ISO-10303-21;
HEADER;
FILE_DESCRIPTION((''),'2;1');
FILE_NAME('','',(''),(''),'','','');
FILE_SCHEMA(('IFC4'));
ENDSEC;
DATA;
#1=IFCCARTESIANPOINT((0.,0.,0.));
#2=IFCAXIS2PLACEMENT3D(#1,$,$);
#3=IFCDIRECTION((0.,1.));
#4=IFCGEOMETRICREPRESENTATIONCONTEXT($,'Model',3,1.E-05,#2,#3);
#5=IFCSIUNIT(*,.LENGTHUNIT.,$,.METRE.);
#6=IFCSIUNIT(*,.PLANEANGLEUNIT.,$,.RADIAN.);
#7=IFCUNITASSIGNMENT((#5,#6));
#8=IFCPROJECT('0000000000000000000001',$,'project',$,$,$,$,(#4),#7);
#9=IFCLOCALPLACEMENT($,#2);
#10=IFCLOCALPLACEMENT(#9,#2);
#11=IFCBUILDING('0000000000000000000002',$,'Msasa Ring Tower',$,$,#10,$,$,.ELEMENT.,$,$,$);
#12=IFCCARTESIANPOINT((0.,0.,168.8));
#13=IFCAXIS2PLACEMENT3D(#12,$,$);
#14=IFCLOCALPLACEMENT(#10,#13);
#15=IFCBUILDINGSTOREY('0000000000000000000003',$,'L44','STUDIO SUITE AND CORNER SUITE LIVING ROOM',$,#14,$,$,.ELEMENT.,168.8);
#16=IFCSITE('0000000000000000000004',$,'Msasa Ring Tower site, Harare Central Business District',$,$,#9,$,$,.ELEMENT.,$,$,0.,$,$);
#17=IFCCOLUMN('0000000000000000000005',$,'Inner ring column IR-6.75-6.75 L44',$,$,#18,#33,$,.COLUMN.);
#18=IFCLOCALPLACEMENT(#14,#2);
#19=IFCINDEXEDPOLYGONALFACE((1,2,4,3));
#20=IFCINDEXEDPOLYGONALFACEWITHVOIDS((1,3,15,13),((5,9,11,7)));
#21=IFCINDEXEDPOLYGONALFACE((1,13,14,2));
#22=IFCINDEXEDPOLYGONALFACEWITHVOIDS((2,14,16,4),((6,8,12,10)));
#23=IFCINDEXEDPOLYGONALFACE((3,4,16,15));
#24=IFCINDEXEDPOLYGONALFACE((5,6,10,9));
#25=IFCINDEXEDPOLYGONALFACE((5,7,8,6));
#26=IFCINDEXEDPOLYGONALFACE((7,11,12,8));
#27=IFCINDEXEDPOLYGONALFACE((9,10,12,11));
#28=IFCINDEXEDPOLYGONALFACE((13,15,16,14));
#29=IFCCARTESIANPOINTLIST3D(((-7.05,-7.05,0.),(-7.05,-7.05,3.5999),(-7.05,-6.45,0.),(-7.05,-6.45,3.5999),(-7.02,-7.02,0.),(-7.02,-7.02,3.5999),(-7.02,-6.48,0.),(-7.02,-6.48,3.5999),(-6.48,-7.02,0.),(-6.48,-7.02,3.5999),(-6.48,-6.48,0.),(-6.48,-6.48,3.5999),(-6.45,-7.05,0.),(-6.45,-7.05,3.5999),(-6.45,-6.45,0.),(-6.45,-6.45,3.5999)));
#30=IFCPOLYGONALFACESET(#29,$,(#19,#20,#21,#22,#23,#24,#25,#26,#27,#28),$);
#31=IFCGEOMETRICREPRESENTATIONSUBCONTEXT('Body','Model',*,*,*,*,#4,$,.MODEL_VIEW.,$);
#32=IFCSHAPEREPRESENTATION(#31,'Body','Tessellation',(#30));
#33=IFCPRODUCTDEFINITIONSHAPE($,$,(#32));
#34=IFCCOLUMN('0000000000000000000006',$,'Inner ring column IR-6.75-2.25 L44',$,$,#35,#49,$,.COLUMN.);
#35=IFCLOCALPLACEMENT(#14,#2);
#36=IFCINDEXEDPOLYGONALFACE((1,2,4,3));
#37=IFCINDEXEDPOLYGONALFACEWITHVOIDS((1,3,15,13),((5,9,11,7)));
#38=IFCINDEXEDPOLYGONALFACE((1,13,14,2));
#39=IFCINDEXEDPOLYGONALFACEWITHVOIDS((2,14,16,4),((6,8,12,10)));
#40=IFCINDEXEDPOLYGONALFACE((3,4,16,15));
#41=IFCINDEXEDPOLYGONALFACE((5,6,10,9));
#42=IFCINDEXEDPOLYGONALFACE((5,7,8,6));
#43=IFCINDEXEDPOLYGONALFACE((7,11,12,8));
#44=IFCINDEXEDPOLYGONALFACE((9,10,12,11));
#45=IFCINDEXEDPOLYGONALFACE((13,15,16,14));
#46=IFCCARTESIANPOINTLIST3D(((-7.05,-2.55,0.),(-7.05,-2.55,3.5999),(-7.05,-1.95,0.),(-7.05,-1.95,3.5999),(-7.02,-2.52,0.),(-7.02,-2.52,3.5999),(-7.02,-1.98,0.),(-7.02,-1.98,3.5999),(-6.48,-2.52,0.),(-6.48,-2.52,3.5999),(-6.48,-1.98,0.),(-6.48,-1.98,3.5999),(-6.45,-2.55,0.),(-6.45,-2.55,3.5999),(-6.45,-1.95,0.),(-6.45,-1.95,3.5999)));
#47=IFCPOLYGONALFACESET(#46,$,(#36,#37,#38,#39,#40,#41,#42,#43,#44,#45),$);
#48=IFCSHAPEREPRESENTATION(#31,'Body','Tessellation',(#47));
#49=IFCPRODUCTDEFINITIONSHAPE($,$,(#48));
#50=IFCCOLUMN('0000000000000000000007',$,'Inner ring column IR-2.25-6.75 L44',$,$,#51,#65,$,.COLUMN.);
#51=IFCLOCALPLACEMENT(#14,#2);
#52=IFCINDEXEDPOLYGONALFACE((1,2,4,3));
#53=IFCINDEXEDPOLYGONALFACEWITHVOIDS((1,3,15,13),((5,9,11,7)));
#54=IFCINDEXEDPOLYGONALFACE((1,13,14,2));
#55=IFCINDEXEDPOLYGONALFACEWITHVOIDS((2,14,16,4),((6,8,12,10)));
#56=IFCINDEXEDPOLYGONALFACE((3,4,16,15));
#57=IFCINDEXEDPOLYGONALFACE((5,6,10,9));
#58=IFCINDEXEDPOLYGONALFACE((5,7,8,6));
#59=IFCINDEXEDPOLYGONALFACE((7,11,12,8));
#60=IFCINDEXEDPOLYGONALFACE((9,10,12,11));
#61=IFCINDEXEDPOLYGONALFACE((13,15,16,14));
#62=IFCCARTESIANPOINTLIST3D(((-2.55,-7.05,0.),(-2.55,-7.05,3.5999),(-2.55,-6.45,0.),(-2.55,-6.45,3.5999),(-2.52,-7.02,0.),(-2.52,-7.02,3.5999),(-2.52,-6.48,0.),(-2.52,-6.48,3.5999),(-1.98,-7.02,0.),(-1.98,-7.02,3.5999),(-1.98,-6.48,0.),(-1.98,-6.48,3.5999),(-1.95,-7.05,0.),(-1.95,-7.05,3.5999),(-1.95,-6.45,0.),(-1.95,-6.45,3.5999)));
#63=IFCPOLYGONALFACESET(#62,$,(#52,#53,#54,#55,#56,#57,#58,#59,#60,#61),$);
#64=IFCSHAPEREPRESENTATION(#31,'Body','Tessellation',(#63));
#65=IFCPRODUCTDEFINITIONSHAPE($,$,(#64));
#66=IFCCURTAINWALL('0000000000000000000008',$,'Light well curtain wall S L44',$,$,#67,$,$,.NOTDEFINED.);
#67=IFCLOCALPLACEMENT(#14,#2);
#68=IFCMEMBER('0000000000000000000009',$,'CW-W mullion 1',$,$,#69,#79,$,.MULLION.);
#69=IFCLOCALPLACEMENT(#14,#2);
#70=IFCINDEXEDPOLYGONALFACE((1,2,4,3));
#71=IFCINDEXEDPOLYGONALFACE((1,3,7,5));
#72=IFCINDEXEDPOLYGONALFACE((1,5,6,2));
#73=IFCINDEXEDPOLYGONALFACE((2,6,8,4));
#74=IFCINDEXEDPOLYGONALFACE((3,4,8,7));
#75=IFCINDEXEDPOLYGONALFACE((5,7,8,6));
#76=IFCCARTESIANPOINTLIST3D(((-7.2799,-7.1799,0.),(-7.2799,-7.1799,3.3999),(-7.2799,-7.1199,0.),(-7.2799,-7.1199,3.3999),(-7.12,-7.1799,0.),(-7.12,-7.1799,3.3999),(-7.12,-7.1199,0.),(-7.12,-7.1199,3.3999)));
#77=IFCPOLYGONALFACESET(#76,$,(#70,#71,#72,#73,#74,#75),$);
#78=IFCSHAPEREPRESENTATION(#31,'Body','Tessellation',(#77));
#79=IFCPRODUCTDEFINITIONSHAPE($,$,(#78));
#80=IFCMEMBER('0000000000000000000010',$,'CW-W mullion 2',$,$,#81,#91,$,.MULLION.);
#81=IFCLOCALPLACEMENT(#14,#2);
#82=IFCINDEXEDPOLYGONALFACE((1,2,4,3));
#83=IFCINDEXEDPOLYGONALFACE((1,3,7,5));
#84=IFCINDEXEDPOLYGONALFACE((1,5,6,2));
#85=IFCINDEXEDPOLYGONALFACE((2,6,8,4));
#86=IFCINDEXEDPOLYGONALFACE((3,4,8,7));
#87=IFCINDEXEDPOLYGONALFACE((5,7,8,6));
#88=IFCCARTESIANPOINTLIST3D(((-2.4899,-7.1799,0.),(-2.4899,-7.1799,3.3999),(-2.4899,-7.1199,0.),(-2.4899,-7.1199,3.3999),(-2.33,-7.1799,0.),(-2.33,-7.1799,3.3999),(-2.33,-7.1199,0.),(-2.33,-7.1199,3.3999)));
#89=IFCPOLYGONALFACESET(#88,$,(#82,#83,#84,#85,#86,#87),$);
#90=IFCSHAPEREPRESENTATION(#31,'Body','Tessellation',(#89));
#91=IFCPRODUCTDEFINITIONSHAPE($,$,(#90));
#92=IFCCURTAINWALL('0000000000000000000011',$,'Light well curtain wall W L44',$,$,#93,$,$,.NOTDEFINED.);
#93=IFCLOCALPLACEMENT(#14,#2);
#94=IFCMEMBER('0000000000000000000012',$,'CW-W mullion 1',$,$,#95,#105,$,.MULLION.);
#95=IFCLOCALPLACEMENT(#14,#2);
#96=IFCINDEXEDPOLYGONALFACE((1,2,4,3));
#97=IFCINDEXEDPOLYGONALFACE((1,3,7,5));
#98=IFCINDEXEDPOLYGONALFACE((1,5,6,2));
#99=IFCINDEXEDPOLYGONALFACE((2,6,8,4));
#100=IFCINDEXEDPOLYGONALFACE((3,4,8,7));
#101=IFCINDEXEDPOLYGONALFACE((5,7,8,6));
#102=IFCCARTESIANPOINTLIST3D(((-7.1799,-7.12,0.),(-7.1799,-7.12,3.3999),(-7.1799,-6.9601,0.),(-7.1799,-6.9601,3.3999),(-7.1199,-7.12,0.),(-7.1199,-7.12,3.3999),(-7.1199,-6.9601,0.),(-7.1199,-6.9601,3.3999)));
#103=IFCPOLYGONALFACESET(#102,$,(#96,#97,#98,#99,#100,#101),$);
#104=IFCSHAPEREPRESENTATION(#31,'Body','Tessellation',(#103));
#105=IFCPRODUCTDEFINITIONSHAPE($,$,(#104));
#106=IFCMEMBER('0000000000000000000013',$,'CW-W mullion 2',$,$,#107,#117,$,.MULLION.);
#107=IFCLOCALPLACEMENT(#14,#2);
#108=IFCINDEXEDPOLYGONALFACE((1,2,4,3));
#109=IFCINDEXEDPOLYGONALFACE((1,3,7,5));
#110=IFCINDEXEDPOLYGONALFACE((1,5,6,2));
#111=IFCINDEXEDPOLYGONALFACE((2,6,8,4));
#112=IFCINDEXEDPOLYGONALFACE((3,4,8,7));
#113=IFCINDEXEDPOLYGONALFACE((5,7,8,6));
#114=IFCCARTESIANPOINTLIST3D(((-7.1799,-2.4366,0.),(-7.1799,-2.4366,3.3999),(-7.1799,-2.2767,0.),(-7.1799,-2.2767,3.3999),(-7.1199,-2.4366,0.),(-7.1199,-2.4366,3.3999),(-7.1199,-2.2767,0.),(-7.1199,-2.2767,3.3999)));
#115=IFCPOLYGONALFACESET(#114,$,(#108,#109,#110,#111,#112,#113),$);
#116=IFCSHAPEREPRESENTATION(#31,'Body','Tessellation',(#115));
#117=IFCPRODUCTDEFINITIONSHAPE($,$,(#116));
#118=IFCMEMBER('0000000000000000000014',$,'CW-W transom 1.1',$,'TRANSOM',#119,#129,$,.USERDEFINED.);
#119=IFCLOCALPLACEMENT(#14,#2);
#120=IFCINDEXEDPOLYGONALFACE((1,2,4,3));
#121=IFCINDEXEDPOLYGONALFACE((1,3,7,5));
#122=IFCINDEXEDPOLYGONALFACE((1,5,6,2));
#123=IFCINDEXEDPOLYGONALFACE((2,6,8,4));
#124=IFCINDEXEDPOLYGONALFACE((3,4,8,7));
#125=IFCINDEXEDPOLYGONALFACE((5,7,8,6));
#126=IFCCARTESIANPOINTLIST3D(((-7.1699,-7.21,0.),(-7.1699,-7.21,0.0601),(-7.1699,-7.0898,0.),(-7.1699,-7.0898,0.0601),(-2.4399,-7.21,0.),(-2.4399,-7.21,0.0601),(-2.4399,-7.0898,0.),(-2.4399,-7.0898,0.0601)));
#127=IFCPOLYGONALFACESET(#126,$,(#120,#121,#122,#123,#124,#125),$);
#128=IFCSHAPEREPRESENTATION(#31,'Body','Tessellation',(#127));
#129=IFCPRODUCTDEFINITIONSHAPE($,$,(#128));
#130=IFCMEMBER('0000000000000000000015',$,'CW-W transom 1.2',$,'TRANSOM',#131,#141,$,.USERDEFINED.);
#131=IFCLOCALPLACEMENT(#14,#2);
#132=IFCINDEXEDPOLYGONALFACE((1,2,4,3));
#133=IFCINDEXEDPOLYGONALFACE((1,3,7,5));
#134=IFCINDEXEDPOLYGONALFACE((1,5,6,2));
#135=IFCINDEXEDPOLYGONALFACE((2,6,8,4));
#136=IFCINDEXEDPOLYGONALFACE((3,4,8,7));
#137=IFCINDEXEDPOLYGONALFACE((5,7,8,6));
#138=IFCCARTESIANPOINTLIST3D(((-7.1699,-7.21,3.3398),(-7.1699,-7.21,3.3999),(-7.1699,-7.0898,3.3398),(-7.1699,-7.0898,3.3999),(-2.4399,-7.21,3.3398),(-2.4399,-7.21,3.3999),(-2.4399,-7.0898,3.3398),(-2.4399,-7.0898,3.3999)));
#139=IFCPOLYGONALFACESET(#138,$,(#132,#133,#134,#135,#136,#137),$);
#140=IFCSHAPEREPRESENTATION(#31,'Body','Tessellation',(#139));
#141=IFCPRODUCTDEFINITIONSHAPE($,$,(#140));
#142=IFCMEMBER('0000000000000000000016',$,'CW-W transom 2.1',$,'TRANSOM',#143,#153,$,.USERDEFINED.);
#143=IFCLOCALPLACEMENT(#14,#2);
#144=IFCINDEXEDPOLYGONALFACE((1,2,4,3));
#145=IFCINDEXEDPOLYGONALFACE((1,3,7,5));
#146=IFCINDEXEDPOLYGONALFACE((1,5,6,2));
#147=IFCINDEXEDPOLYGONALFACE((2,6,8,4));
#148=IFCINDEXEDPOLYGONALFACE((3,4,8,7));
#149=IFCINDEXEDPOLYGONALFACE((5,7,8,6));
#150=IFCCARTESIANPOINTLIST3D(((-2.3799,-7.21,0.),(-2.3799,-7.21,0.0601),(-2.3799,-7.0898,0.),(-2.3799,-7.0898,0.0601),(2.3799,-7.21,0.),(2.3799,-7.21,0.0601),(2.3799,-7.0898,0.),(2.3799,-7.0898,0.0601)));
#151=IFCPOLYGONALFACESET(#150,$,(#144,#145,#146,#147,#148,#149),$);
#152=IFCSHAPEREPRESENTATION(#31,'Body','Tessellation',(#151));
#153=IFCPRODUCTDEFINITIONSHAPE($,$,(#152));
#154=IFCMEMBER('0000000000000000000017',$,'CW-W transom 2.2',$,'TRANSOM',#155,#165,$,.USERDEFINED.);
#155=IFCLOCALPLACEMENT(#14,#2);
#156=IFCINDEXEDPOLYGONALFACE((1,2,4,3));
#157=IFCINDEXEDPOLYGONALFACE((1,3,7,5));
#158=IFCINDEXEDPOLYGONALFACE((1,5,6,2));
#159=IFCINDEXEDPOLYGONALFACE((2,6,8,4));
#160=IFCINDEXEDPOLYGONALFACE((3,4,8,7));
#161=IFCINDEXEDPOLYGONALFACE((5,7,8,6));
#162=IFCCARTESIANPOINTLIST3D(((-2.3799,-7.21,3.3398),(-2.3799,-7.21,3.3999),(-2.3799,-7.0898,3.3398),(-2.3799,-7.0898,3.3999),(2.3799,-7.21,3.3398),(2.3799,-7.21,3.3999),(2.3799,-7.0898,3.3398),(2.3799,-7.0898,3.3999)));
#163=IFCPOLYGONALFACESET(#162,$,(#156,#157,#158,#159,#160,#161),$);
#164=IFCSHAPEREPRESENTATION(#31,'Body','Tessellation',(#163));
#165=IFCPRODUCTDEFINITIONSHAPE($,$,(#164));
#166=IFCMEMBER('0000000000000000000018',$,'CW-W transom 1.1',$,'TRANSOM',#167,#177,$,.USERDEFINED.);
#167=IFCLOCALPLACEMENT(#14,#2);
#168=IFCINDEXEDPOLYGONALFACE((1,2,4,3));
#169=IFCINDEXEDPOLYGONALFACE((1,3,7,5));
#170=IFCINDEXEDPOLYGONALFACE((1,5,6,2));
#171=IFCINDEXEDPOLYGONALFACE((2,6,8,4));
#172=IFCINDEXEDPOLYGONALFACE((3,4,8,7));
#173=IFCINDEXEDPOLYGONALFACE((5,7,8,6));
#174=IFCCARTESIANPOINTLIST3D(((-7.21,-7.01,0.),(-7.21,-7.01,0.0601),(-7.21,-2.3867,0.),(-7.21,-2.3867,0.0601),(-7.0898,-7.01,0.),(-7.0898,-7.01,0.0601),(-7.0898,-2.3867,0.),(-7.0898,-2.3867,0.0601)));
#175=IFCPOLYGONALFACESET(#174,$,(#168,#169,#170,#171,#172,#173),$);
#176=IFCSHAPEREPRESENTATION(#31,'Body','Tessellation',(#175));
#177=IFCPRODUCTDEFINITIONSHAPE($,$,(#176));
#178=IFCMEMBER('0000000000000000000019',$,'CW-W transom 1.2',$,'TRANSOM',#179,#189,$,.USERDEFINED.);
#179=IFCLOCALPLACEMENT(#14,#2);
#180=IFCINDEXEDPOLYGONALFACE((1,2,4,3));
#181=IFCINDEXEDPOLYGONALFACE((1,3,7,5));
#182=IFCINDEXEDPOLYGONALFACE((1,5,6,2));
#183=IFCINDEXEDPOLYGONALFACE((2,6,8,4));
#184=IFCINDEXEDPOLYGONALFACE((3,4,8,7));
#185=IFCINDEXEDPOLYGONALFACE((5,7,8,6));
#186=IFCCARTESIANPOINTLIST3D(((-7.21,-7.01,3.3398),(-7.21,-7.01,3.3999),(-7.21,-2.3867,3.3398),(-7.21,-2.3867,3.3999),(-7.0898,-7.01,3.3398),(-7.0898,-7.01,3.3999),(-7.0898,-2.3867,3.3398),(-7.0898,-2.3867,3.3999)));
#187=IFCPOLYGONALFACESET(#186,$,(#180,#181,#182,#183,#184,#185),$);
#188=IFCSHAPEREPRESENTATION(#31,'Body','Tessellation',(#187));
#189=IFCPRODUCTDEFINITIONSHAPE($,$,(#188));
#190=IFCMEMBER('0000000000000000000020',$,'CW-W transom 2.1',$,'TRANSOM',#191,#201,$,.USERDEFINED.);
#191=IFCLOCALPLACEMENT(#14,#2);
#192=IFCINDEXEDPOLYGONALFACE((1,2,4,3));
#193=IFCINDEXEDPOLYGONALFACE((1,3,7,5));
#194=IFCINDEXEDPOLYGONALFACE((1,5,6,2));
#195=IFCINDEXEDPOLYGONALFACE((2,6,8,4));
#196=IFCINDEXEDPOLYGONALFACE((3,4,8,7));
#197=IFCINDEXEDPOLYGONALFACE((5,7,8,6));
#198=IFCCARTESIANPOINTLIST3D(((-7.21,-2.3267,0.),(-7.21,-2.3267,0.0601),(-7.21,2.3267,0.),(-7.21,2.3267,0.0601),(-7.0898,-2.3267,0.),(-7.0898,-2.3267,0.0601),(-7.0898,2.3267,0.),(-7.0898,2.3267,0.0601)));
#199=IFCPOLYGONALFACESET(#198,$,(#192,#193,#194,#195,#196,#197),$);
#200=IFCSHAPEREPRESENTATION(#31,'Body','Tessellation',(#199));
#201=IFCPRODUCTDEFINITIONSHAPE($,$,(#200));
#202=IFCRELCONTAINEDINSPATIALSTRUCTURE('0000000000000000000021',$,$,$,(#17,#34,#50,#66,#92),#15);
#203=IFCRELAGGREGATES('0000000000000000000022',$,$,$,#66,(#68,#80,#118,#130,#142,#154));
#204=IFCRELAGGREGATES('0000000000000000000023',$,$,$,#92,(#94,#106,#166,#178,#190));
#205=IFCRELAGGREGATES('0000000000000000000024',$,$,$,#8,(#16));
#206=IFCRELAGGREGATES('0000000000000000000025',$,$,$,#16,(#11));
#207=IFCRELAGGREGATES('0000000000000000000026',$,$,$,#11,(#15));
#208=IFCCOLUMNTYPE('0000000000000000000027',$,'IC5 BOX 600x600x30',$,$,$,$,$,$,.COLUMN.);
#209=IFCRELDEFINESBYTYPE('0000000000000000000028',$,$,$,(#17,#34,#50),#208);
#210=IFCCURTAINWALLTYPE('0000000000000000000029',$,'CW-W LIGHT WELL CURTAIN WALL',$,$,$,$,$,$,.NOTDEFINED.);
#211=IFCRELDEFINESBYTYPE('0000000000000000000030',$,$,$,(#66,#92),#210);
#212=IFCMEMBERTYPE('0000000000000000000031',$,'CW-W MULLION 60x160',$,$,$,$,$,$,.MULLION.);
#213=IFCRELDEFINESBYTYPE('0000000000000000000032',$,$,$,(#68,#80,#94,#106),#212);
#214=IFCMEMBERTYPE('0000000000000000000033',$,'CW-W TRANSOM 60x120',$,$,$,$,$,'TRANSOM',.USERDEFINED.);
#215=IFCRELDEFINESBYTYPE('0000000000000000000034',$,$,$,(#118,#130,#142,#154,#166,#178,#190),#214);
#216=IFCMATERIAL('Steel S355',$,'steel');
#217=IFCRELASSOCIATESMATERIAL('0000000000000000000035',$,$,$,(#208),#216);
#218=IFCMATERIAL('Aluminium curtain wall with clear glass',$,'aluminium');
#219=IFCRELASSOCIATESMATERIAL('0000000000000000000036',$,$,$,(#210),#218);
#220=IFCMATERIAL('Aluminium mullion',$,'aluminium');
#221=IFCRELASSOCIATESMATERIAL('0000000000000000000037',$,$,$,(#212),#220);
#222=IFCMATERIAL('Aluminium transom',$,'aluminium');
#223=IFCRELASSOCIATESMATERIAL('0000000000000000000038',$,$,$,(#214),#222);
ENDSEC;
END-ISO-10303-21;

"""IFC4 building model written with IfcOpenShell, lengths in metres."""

from ifc_helpers import new_model, si_unit, direction, frame, origin, origin_2d, place, context, subcontext, project, spatial, rectangle, hollow_rectangle, extrude, material, material_profile, profile_set, type_object, element, aggregate, save


model = new_model("IFC4")

# Units and contexts
model_context = context("Model", 3, precision=1e-05, world=origin(), true_north=direction((0.0, 1.0)))
body_context = subcontext(model_context, "Body", "Model", "MODEL_VIEW")
ifc_project = project(units=[si_unit("LENGTHUNIT", "METRE"), si_unit("PLANEANGLEUNIT", "RADIAN")], contexts=[model_context])

# Site, building, storey
site_placement = place(None, origin())
site = spatial("IfcSite", under=ifc_project, at=site_placement, Name="Msasa Ring Tower site, Harare Central Business District", CompositionType="ELEMENT", RefElevation=0.0)
building_placement = place(site_placement, origin())
building = spatial("IfcBuilding", under=site, at=building_placement, Name="Msasa Ring Tower", CompositionType="ELEMENT")
storey_placement = place(building_placement, frame((0.0, 0.0, 168.8)))
storey = spatial("IfcBuildingStorey", under=building, at=storey_placement, Name="L44", Description="STUDIO SUITE AND CORNER SUITE LIVING ROOM", CompositionType="ELEMENT", Elevation=168.8)

# Columns
ifc_material_1 = material(Name="Steel S355", Category="steel")
ifc_material_profile_1 = material_profile(ifc_material_1, hollow_rectangle(XDim=0.6001, YDim=0.6001, WallThickness=0.03, at=origin_2d()), Name="BOX 600x600x30")
ifc_profile_set_1 = profile_set([ifc_material_profile_1], Name="Steel S355")
column_type = type_object("IfcColumnType", Name="IC5 BOX 600x600x30", PredefinedType="COLUMN", material=ifc_profile_set_1)
for number, where, z_axis, x_axis, name in (
    (1, (-6.75, -6.75, 0.0), (0.0, 0.0, 1.0), (1.0, 0.0, 0.0), "Inner ring column IR-6.75-6.75 L44"),
    (2, (-6.75, -2.25, 0.0), (0.0, 0.0, 1.0), (1.0, 0.0, 0.0), "Inner ring column IR-6.75-2.25 L44"),
    (3, (-2.25, -6.75, 0.0), (0.0, 0.0, 1.0), (1.0, 0.0, 0.0), "Inner ring column IR-2.25-6.75 L44"),
):
    element("IfcColumn", number, at=place(storey_placement, frame(where, z_axis=z_axis, x_axis=x_axis)), inside=storey, type_object=column_type, Name=name, PredefinedType="COLUMN", context=body_context, shape_type="SweptSolid", body=[
        extrude(hollow_rectangle(XDim=0.6001, YDim=0.6001, WallThickness=0.03, at=origin_2d()), origin(), (0.0, 0.0, 1.0), 3.5999),
    ])

# Curtain walls, members
ifc_material_2 = material(Name="Aluminium curtain wall with clear glass", Category="aluminium")
curtain_wall_type = type_object("IfcCurtainWallType", Name="CW-W LIGHT WELL CURTAIN WALL", PredefinedType="NOTDEFINED", material=ifc_material_2)
curtain_wall_1_placement = place(storey_placement, origin())
curtain_wall_1 = element("IfcCurtainWall", 4, at=curtain_wall_1_placement, inside=storey, type_object=curtain_wall_type, Name="Light well curtain wall S L44", PredefinedType="NOTDEFINED")
ifc_material_3 = material(Name="Aluminium mullion", Category="aluminium")
ifc_material_profile_2 = material_profile(ifc_material_3, rectangle(XDim=0.0601, YDim=0.1599, at=origin_2d()), Name="AL 60x160")
ifc_profile_set_2 = profile_set([ifc_material_profile_2], Name="Aluminium mullion")
member_type_1 = type_object("IfcMemberType", Name="CW-W MULLION 60x160", PredefinedType="MULLION", material=ifc_profile_set_2)
member_1_placement = place(storey_placement, frame((-7.2, -7.1499, 0.0), z_axis=(0.0, 0.0, 1.0), x_axis=(0.0, 1.0, 0.0)))
member_1 = element("IfcMember", 5, at=member_1_placement, type_object=member_type_1, Name="CW-W mullion 1", PredefinedType="MULLION", context=body_context, shape_type="SweptSolid", body=[
    extrude(rectangle(XDim=0.0601, YDim=0.1599, at=origin_2d()), origin(), (0.0, 0.0, 1.0), 3.3999),
])
member_2_placement = place(storey_placement, frame((-2.4099, -7.1499, 0.0), z_axis=(0.0, 0.0, 1.0), x_axis=(0.0, 1.0, 0.0)))
member_2 = element("IfcMember", 6, at=member_2_placement, type_object=member_type_1, Name="CW-W mullion 2", PredefinedType="MULLION", context=body_context, shape_type="SweptSolid", body=[
    extrude(rectangle(XDim=0.0601, YDim=0.1599, at=origin_2d()), origin(), (0.0, 0.0, 1.0), 3.3999),
])
curtain_wall_2_placement = place(storey_placement, origin())
curtain_wall_2 = element("IfcCurtainWall", 7, at=curtain_wall_2_placement, inside=storey, type_object=curtain_wall_type, Name="Light well curtain wall W L44", PredefinedType="NOTDEFINED")
member_3_placement = place(storey_placement, frame((-7.1499, -7.04, 0.0), z_axis=(0.0, 0.0, 1.0), x_axis=(-1.0, 0.0, 0.0)))
member_3 = element("IfcMember", 8, at=member_3_placement, type_object=member_type_1, Name="CW-W mullion 1", PredefinedType="MULLION", context=body_context, shape_type="SweptSolid", body=[
    extrude(rectangle(XDim=0.0601, YDim=0.1599, at=origin_2d()), origin(), (0.0, 0.0, 1.0), 3.3999),
])
member_4_placement = place(storey_placement, frame((-7.1499, -2.3567, 0.0), z_axis=(0.0, 0.0, 1.0), x_axis=(-1.0, 0.0, 0.0)))
member_4 = element("IfcMember", 9, at=member_4_placement, type_object=member_type_1, Name="CW-W mullion 2", PredefinedType="MULLION", context=body_context, shape_type="SweptSolid", body=[
    extrude(rectangle(XDim=0.0601, YDim=0.1599, at=origin_2d()), origin(), (0.0, 0.0, 1.0), 3.3999),
])

# Members
ifc_material_4 = material(Name="Aluminium transom", Category="aluminium")
ifc_material_profile_3 = material_profile(ifc_material_4, rectangle(XDim=0.1201, YDim=0.0601, at=origin_2d()), Name="AL 60x120")
ifc_profile_set_3 = profile_set([ifc_material_profile_3], Name="Aluminium transom")
member_type_2 = type_object("IfcMemberType", Name="CW-W TRANSOM 60x120", ElementType="TRANSOM", PredefinedType="USERDEFINED", material=ifc_profile_set_3)
member_5_placement = place(storey_placement, frame((-7.1699, -7.1499, 0.03), z_axis=(1.0, 0.0, 0.0), x_axis=(0.0, 1.0, 0.0)))
member_5 = element("IfcMember", 10, at=member_5_placement, type_object=member_type_2, Name="CW-W transom 1.1", ObjectType="TRANSOM", PredefinedType="USERDEFINED", context=body_context, shape_type="SweptSolid", body=[
    extrude(rectangle(XDim=0.1201, YDim=0.0601, at=origin_2d()), origin(), (0.0, 0.0, 1.0), 4.73),
])
member_6_placement = place(storey_placement, frame((-7.1699, -7.1499, 3.3699), z_axis=(1.0, 0.0, 0.0), x_axis=(0.0, 1.0, 0.0)))
member_6 = element("IfcMember", 11, at=member_6_placement, type_object=member_type_2, Name="CW-W transom 1.2", ObjectType="TRANSOM", PredefinedType="USERDEFINED", context=body_context, shape_type="SweptSolid", body=[
    extrude(rectangle(XDim=0.1201, YDim=0.0601, at=origin_2d()), origin(), (0.0, 0.0, 1.0), 4.73),
])
member_7_placement = place(storey_placement, frame((-2.3799, -7.1499, 0.03), z_axis=(1.0, 0.0, 0.0), x_axis=(0.0, 1.0, 0.0)))
member_7 = element("IfcMember", 12, at=member_7_placement, type_object=member_type_2, Name="CW-W transom 2.1", ObjectType="TRANSOM", PredefinedType="USERDEFINED", context=body_context, shape_type="SweptSolid", body=[
    extrude(rectangle(XDim=0.1201, YDim=0.0601, at=origin_2d()), origin(), (0.0, 0.0, 1.0), 4.7598),
])
member_8_placement = place(storey_placement, frame((-2.3799, -7.1499, 3.3699), z_axis=(1.0, 0.0, 0.0), x_axis=(0.0, 1.0, 0.0)))
member_8 = element("IfcMember", 13, at=member_8_placement, type_object=member_type_2, Name="CW-W transom 2.2", ObjectType="TRANSOM", PredefinedType="USERDEFINED", context=body_context, shape_type="SweptSolid", body=[
    extrude(rectangle(XDim=0.1201, YDim=0.0601, at=origin_2d()), origin(), (0.0, 0.0, 1.0), 4.7598),
])
member_9_placement = place(storey_placement, frame((-7.1499, -7.01, 0.03), z_axis=(0.0, 1.0, 0.0), x_axis=(-1.0, 0.0, 0.0)))
member_9 = element("IfcMember", 14, at=member_9_placement, type_object=member_type_2, Name="CW-W transom 1.1", ObjectType="TRANSOM", PredefinedType="USERDEFINED", context=body_context, shape_type="SweptSolid", body=[
    extrude(rectangle(XDim=0.1201, YDim=0.0601, at=origin_2d()), origin(), (0.0, 0.0, 1.0), 4.6233),
])
member_10_placement = place(storey_placement, frame((-7.1499, -7.01, 3.3699), z_axis=(0.0, 1.0, 0.0), x_axis=(-1.0, 0.0, 0.0)))
member_10 = element("IfcMember", 15, at=member_10_placement, type_object=member_type_2, Name="CW-W transom 1.2", ObjectType="TRANSOM", PredefinedType="USERDEFINED", context=body_context, shape_type="SweptSolid", body=[
    extrude(rectangle(XDim=0.1201, YDim=0.0601, at=origin_2d()), origin(), (0.0, 0.0, 1.0), 4.6233),
])
member_11_placement = place(storey_placement, frame((-7.1499, -2.3267, 0.03), z_axis=(0.0, 1.0, 0.0), x_axis=(-1.0, 0.0, 0.0)))
member_11 = element("IfcMember", 16, at=member_11_placement, type_object=member_type_2, Name="CW-W transom 2.1", ObjectType="TRANSOM", PredefinedType="USERDEFINED", context=body_context, shape_type="SweptSolid", body=[
    extrude(rectangle(XDim=0.1201, YDim=0.0601, at=origin_2d()), origin(), (0.0, 0.0, 1.0), 4.6533),
])

aggregate(curtain_wall_1, [member_1, member_2, member_5, member_6, member_7, member_8])
aggregate(curtain_wall_2, [member_3, member_4, member_9, member_10, member_11])

save(model, "model.ifc")
